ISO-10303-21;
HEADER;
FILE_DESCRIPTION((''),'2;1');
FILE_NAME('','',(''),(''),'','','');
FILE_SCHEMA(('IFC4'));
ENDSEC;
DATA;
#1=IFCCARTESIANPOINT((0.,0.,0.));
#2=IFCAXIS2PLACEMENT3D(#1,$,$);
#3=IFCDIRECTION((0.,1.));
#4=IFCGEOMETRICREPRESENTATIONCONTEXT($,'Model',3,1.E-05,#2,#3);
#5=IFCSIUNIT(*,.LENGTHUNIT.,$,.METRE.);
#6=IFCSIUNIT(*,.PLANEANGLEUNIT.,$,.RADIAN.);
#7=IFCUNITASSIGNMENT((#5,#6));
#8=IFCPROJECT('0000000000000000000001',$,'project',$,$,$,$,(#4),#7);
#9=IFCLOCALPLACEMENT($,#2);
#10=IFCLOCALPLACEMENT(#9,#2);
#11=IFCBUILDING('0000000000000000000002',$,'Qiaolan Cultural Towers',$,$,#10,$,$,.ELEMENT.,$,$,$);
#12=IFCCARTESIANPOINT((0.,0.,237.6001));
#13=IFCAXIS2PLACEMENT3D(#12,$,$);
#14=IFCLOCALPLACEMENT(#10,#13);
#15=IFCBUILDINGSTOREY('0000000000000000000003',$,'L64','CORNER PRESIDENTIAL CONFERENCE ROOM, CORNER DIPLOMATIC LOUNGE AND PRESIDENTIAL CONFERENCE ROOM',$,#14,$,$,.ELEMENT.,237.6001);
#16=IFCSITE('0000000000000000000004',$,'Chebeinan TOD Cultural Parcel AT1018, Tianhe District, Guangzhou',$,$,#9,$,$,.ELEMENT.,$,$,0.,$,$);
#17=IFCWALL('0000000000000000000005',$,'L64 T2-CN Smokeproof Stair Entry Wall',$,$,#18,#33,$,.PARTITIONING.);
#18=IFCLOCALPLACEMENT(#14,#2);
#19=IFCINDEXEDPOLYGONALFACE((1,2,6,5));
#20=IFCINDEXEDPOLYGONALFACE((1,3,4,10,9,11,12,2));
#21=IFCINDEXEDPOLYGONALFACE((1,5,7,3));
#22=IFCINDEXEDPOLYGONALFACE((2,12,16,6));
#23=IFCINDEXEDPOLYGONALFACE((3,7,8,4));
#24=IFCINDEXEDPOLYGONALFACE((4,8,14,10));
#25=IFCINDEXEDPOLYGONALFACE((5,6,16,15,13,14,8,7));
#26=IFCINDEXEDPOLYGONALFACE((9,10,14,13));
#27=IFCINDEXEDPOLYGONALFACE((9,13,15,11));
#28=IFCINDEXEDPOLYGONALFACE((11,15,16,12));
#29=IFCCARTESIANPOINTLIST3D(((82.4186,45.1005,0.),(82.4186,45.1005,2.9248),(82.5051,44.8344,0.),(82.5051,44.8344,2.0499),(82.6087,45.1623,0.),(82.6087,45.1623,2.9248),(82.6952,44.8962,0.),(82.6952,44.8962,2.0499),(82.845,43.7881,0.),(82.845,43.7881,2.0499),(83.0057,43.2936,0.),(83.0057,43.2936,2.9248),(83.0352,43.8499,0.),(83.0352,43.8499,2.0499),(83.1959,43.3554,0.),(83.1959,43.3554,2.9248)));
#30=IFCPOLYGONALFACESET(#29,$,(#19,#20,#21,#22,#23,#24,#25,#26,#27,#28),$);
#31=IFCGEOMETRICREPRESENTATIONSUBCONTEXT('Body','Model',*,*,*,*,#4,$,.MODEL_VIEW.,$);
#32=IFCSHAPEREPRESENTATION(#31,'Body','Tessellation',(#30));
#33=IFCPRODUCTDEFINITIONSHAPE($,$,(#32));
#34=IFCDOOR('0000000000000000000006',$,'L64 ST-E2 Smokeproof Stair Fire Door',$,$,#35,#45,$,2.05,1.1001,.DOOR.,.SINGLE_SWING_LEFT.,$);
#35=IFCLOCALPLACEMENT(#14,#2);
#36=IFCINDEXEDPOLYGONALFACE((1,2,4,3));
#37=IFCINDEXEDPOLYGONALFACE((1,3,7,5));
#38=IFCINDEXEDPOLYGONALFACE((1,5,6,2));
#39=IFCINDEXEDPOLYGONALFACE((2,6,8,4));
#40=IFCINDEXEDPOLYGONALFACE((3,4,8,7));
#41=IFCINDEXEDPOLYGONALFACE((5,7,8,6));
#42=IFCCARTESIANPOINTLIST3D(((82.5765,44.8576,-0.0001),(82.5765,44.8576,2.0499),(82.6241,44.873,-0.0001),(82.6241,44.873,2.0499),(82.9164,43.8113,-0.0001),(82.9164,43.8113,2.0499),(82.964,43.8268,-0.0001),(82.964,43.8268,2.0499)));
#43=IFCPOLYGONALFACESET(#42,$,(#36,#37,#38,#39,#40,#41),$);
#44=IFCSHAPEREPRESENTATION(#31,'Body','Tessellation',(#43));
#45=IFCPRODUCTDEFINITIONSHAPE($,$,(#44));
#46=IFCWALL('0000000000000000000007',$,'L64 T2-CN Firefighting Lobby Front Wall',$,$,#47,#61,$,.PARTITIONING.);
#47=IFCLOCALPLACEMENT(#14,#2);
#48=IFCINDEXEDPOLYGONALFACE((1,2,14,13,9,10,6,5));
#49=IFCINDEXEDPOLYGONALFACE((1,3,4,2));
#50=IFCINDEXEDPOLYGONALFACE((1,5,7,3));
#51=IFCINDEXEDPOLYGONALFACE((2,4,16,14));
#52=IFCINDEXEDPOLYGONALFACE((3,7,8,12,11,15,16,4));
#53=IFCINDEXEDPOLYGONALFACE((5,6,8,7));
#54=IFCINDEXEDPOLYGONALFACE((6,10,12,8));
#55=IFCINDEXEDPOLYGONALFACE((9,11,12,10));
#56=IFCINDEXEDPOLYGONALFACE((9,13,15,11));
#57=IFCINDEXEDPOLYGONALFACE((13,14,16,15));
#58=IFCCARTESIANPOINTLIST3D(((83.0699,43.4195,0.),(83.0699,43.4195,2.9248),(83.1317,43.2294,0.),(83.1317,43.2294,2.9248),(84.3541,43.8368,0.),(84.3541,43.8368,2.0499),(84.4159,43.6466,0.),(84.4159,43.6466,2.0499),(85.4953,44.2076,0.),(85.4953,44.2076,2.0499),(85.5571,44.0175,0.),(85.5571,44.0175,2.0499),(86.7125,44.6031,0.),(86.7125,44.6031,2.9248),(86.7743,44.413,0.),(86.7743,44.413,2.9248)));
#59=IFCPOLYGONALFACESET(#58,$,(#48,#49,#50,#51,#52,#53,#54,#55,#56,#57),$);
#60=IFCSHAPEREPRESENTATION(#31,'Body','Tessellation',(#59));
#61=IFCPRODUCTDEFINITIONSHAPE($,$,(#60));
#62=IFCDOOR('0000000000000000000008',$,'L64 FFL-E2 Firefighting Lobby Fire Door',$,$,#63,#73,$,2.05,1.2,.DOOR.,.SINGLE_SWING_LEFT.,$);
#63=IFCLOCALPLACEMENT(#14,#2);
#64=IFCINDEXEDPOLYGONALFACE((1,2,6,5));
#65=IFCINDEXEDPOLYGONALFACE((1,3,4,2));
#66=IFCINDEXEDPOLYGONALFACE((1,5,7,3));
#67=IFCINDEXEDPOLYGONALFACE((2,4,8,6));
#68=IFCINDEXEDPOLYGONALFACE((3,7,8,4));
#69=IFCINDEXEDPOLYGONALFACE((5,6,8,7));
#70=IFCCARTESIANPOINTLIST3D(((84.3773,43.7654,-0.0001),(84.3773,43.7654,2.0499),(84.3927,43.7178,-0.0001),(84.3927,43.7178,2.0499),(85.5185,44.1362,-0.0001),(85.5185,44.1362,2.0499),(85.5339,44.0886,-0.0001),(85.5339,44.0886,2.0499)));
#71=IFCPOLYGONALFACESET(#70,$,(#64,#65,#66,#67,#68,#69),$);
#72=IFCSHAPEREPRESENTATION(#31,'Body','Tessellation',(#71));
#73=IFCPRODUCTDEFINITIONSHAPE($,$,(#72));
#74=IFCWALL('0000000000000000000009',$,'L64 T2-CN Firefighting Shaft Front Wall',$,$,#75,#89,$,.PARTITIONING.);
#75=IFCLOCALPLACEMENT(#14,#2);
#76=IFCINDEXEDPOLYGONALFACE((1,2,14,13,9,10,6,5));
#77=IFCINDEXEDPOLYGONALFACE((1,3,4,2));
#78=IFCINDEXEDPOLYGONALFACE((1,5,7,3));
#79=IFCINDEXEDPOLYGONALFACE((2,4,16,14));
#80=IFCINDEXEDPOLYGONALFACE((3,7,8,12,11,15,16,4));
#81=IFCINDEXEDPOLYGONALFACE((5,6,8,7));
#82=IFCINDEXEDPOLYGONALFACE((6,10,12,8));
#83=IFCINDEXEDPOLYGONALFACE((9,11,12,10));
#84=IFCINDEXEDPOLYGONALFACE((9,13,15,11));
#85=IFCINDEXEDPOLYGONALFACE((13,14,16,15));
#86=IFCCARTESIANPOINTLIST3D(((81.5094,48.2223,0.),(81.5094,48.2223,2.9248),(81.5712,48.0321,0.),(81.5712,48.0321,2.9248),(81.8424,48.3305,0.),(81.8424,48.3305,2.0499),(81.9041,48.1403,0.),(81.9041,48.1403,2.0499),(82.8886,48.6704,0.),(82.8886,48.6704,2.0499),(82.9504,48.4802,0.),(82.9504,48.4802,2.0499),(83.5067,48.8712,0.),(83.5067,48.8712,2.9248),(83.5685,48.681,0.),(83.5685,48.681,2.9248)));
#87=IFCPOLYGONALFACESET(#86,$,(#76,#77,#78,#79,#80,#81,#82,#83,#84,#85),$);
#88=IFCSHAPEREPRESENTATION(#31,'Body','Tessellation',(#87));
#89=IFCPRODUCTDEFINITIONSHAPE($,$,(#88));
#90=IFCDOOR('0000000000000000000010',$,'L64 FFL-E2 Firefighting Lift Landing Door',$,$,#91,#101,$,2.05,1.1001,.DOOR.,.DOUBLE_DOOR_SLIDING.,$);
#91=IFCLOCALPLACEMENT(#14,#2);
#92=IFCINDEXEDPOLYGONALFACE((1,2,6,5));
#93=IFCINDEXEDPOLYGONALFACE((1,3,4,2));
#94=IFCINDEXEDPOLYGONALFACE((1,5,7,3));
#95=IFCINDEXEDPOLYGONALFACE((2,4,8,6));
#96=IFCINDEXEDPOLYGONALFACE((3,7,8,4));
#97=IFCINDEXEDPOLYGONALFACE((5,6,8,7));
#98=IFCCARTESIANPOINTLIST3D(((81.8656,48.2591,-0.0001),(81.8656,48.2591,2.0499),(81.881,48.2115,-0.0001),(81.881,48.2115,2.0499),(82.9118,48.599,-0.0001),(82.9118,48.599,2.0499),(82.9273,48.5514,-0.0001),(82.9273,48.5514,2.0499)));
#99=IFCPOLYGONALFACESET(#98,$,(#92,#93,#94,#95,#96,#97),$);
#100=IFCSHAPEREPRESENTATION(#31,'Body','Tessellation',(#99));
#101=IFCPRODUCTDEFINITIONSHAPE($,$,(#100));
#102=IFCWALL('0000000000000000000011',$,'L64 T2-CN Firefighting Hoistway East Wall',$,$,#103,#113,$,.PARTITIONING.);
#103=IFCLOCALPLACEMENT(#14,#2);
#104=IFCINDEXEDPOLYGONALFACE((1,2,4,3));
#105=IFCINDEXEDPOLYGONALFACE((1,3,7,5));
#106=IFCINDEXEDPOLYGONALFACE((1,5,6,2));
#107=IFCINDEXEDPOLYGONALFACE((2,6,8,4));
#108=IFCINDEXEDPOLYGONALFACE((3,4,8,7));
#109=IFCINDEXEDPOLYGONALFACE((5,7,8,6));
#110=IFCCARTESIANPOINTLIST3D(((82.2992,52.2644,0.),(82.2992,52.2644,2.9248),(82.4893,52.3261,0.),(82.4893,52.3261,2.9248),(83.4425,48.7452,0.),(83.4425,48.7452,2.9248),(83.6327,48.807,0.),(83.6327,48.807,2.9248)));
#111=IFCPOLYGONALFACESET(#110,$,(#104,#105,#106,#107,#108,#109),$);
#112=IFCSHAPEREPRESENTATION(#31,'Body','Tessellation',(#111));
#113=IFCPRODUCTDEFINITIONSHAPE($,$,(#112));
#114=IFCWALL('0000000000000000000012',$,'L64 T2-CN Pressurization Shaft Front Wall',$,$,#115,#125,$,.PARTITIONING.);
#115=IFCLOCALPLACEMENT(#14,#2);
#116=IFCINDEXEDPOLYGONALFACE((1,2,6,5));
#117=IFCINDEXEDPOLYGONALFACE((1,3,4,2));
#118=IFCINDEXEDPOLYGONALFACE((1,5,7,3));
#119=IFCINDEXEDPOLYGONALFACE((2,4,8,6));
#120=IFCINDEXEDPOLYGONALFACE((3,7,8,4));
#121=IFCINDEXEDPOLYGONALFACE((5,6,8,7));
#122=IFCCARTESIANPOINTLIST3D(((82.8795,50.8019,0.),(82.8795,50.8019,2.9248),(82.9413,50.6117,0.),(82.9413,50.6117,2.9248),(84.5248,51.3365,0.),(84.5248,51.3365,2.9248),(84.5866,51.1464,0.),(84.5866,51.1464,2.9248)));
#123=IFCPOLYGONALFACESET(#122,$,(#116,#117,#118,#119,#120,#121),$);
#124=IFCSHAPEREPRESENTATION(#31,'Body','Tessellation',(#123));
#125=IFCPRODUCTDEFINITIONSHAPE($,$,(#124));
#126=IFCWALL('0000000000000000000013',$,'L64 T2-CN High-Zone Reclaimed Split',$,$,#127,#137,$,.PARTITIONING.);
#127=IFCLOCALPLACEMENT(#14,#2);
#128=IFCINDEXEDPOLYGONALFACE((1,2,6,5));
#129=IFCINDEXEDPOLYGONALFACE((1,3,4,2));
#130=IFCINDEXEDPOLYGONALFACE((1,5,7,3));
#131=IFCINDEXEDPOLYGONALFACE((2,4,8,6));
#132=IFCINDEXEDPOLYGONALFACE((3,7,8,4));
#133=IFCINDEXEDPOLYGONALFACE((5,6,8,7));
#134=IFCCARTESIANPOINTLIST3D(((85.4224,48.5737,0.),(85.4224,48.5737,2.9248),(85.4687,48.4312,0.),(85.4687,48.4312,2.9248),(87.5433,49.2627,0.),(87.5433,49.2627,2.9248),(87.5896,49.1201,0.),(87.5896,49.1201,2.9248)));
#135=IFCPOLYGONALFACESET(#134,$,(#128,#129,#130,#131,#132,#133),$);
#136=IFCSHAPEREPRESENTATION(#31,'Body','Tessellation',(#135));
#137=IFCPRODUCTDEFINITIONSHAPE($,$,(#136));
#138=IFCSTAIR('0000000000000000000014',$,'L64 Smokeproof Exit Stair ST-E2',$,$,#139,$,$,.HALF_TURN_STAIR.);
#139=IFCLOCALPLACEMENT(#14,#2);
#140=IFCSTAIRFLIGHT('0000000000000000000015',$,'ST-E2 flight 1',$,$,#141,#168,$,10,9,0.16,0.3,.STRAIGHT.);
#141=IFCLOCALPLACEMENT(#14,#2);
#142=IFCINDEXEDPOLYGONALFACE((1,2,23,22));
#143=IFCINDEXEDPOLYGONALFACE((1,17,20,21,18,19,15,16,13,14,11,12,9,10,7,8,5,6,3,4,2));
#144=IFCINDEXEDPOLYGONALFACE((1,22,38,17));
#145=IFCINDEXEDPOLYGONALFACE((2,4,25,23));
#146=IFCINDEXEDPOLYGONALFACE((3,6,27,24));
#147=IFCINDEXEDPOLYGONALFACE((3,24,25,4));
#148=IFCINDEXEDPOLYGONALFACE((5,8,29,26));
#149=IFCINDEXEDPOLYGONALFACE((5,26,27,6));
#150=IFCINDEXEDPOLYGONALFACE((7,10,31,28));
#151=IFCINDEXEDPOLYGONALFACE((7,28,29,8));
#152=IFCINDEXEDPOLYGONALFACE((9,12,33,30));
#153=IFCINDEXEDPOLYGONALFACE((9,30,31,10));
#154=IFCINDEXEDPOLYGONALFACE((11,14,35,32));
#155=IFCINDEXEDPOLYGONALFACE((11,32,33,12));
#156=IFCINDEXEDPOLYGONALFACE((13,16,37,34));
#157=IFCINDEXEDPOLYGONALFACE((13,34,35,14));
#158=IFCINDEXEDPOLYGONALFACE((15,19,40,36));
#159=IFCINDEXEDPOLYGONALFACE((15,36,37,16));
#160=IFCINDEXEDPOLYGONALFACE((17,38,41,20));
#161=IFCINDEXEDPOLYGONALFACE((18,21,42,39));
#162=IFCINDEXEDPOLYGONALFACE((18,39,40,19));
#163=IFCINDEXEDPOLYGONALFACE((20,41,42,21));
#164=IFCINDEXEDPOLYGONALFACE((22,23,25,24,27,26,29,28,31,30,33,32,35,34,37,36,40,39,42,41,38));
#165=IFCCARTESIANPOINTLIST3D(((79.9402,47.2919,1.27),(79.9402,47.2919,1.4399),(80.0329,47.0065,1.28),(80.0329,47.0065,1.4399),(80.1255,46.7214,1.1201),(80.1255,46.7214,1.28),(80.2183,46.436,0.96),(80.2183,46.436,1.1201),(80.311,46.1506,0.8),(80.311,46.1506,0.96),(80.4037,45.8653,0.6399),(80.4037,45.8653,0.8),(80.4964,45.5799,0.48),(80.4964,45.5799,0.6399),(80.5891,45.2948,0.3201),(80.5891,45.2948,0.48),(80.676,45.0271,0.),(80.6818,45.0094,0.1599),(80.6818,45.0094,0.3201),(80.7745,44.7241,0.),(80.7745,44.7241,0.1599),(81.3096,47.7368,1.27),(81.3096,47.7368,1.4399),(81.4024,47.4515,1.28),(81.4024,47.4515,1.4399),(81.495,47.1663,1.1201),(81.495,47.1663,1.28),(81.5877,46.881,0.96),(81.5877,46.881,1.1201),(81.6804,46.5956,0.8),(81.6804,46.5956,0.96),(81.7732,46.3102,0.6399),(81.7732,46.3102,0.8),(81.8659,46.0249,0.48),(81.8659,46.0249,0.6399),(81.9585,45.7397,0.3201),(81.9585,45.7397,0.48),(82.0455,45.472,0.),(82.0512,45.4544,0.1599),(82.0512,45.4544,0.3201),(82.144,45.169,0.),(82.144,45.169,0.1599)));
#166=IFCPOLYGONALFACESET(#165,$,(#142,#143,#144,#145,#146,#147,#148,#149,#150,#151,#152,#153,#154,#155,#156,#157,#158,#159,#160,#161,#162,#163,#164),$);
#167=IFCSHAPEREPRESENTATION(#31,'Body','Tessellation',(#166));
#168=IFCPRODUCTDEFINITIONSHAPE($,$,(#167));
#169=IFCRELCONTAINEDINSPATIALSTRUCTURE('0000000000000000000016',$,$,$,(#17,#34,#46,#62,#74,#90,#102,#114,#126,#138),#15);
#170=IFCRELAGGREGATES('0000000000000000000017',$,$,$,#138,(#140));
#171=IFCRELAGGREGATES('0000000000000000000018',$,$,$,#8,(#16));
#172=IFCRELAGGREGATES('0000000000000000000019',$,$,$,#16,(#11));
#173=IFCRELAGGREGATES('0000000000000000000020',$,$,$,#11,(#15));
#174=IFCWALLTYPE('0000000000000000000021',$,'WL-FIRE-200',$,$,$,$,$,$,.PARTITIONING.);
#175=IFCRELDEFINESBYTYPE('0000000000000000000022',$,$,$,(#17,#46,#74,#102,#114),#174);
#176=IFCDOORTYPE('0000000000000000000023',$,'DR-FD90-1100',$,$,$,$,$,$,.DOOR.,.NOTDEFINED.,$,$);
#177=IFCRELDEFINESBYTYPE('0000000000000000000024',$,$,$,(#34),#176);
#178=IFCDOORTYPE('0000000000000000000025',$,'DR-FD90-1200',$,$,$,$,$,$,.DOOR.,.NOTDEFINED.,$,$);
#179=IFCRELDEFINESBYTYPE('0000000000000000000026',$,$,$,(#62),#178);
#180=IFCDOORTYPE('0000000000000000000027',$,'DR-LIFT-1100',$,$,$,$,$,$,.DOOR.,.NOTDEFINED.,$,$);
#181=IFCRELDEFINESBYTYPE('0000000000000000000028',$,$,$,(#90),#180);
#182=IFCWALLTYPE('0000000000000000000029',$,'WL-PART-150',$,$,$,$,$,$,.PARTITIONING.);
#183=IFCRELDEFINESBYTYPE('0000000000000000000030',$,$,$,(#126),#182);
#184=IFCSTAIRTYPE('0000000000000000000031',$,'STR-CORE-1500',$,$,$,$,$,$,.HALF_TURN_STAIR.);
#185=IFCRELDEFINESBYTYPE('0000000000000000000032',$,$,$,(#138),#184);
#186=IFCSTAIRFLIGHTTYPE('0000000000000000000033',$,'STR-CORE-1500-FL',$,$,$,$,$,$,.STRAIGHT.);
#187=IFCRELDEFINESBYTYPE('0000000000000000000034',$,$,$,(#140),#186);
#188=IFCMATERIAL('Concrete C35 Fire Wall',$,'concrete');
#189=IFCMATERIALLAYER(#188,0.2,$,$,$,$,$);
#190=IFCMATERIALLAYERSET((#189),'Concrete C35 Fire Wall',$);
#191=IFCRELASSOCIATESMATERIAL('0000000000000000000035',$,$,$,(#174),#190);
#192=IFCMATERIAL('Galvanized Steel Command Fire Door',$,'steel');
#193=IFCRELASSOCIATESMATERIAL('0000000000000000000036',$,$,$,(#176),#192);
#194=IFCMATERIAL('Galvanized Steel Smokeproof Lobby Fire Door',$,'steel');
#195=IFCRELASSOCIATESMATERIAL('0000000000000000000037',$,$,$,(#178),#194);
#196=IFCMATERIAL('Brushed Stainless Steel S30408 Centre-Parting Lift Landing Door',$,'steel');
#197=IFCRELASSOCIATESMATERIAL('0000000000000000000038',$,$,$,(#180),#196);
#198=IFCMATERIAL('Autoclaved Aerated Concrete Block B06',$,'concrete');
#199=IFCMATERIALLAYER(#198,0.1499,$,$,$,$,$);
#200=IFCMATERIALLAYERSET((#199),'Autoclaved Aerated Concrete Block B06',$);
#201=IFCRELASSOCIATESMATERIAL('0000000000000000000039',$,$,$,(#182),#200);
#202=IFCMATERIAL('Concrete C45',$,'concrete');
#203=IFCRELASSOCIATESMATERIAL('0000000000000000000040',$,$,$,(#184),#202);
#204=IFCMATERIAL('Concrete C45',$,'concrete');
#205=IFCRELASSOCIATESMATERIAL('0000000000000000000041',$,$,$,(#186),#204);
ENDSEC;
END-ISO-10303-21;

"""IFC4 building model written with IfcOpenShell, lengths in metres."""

from ifc_helpers import new_model, si_unit, direction, frame, frame_2d, origin, place, context, subcontext, project, spatial, polyline, rectangle, outline, extrude, material, layer, layer_set, type_object, element, fill, aggregate, save


model = new_model("IFC4")

# Units and contexts
model_context = context("Model", 3, precision=1e-05, world=origin(), true_north=direction((0.0, 1.0)))
body_context = subcontext(model_context, "Body", "Model", "MODEL_VIEW")
ifc_project = project(units=[si_unit("LENGTHUNIT", "METRE"), si_unit("PLANEANGLEUNIT", "RADIAN")], contexts=[model_context])

# Site, building, storey
site_placement = place(None, origin())
site = spatial("IfcSite", under=ifc_project, at=site_placement, Name="Chebeinan TOD Cultural Parcel AT1018, Tianhe District, Guangzhou", CompositionType="ELEMENT", RefElevation=0.0)
building_placement = place(site_placement, origin())
building = spatial("IfcBuilding", under=site, at=building_placement, Name="Qiaolan Cultural Towers", CompositionType="ELEMENT")
storey_placement = place(building_placement, frame((0.0, 0.0, 237.6001)))
storey = spatial("IfcBuildingStorey", under=building, at=storey_placement, Name="L64", Description="CORNER PRESIDENTIAL CONFERENCE ROOM, CORNER DIPLOMATIC LOUNGE AND PRESIDENTIAL CONFERENCE ROOM", CompositionType="ELEMENT", Elevation=237.6001)

# Walls, openings, doors
ifc_material_1 = material(Name="Concrete C35 Fire Wall", Category="concrete")
ifc_layer_1 = layer(ifc_material_1, 0.2)
ifc_layer_set_1 = layer_set([ifc_layer_1], Name="Concrete C35 Fire Wall")
wall_type_1 = type_object("IfcWallType", Name="WL-FIRE-200", PredefinedType="PARTITIONING", material=ifc_layer_set_1)
wall_1_placement = place(storey_placement, frame((83.1008, 43.3245, 0.0), z_axis=(0.0, 0.0, 1.0), x_axis=(-0.309048, 0.951046, 0.0)))
wall_1 = element("IfcWall", 1, at=wall_1_placement, inside=storey, type_object=wall_type_1, Name="L64 T2-CN Smokeproof Stair Entry Wall", PredefinedType="PARTITIONING", context=body_context, shape_type="SweptSolid", body=[
    extrude(rectangle(XDim=1.8999, YDim=0.2, at=frame_2d((0.95, 0.0))), origin(), (0.0, 0.0, 1.0), 2.9248),
])
opening_1_placement = place(wall_1_placement, frame((0.52, 0.0, 0.0)))
opening_1 = element("IfcOpeningElement", 2, at=opening_1_placement, cuts=wall_1, PredefinedType="OPENING", context=body_context, shape_type="SweptSolid", body=[
    extrude(rectangle(XDim=1.1001, YDim=2.05, at=frame_2d((0.55, 1.0249))), frame((0.0, 0.1099, 0.0), z_axis=(0.0, -1.0, 0.0), x_axis=(1.0, 0.0, 0.0)), (0.0, 0.0, 1.0), 0.22),
])
ifc_material_2 = material(Name="Galvanized Steel Command Fire Door", Category="steel")
door_type_1 = type_object("IfcDoorType", Name="DR-FD90-1100", OperationType="NOTDEFINED", PredefinedType="DOOR", material=ifc_material_2)
door_1_placement = place(opening_1_placement, origin())
door_1 = element("IfcDoor", 3, at=door_1_placement, inside=storey, type_object=door_type_1, Name="L64 ST-E2 Smokeproof Stair Fire Door", OperationType="SINGLE_SWING_LEFT", OverallHeight=2.05, OverallWidth=1.1001, PredefinedType="DOOR", context=body_context, shape_type="SweptSolid", body=[
    extrude(rectangle(XDim=1.1001, YDim=2.05, at=frame_2d((0.55, 1.0249))), frame((0.0, 0.0249, 0.0), z_axis=(0.0, -1.0, 0.0), x_axis=(1.0, 0.0, 0.0)), (0.0, 0.0, 1.0), 0.05),
])
fill(opening_1, door_1)
wall_2_placement = place(storey_placement, frame((83.1008, 43.3245, 0.0), z_axis=(0.0, 0.0, 1.0), x_axis=(0.951053, 0.309028, 0.0)))
wall_2 = element("IfcWall", 4, at=wall_2_placement, inside=storey, type_object=wall_type_1, Name="L64 T2-CN Firefighting Lobby Front Wall", PredefinedType="PARTITIONING", context=body_context, shape_type="SweptSolid", body=[
    extrude(rectangle(XDim=3.8301, YDim=0.2, at=frame_2d((1.915, 0.0))), origin(), (0.0, 0.0, 1.0), 2.9248),
])
opening_2_placement = place(wall_2_placement, frame((1.3501, 0.0, 0.0)))
opening_2 = element("IfcOpeningElement", 5, at=opening_2_placement, cuts=wall_2, PredefinedType="OPENING", context=body_context, shape_type="SweptSolid", body=[
    extrude(rectangle(XDim=1.2, YDim=2.05, at=frame_2d((0.6001, 1.0249))), frame((0.0, 0.1099, 0.0), z_axis=(0.0, -1.0, 0.0), x_axis=(1.0, 0.0, 0.0)), (0.0, 0.0, 1.0), 0.22),
])
ifc_material_3 = material(Name="Galvanized Steel Smokeproof Lobby Fire Door", Category="steel")
door_type_2 = type_object("IfcDoorType", Name="DR-FD90-1200", OperationType="NOTDEFINED", PredefinedType="DOOR", material=ifc_material_3)
door_2_placement = place(opening_2_placement, origin())
door_2 = element("IfcDoor", 6, at=door_2_placement, inside=storey, type_object=door_type_2, Name="L64 FFL-E2 Firefighting Lobby Fire Door", OperationType="SINGLE_SWING_LEFT", OverallHeight=2.05, OverallWidth=1.2, PredefinedType="DOOR", context=body_context, shape_type="SweptSolid", body=[
    extrude(rectangle(XDim=1.2, YDim=2.05, at=frame_2d((0.6001, 1.0249))), frame((0.0, 0.0249, 0.0), z_axis=(0.0, -1.0, 0.0), x_axis=(1.0, 0.0, 0.0)), (0.0, 0.0, 1.0), 0.05),
])
fill(opening_2, door_2)
wall_3_placement = place(storey_placement, frame((81.5403, 48.1272, 0.0), z_axis=(0.0, 0.0, 1.0), x_axis=(0.951062, 0.308999, 0.0)))
wall_3 = element("IfcWall", 7, at=wall_3_placement, inside=storey, type_object=wall_type_1, Name="L64 T2-CN Firefighting Shaft Front Wall", PredefinedType="PARTITIONING", context=body_context, shape_type="SweptSolid", body=[
    extrude(rectangle(XDim=2.1001, YDim=0.2, at=frame_2d((1.05, 0.0))), origin(), (0.0, 0.0, 1.0), 2.9248),
])
opening_3_placement = place(wall_3_placement, frame((0.3501, 0.0, 0.0)))
opening_3 = element("IfcOpeningElement", 8, at=opening_3_placement, cuts=wall_3, PredefinedType="OPENING", context=body_context, shape_type="SweptSolid", body=[
    extrude(rectangle(XDim=1.1001, YDim=2.05, at=frame_2d((0.55, 1.0249))), frame((0.0, 0.1099, 0.0), z_axis=(0.0, -1.0, 0.0), x_axis=(1.0, 0.0, 0.0)), (0.0, 0.0, 1.0), 0.22),
])
ifc_material_4 = material(Name="Brushed Stainless Steel S30408 Centre-Parting Lift Landing Door", Category="steel")
door_type_3 = type_object("IfcDoorType", Name="DR-LIFT-1100", OperationType="NOTDEFINED", PredefinedType="DOOR", material=ifc_material_4)
door_3_placement = place(opening_3_placement, origin())
door_3 = element("IfcDoor", 9, at=door_3_placement, inside=storey, type_object=door_type_3, Name="L64 FFL-E2 Firefighting Lift Landing Door", OperationType="DOUBLE_DOOR_SLIDING", OverallHeight=2.05, OverallWidth=1.1001, PredefinedType="DOOR", context=body_context, shape_type="SweptSolid", body=[
    extrude(rectangle(XDim=1.1001, YDim=2.05, at=frame_2d((0.55, 1.0249))), frame((0.0, 0.0249, 0.0), z_axis=(0.0, -1.0, 0.0), x_axis=(1.0, 0.0, 0.0)), (0.0, 0.0, 1.0), 0.05),
])
fill(opening_3, door_3)

# Walls
wall_4_placement = place(storey_placement, frame((83.5376, 48.7761, 0.0), z_axis=(0.0, 0.0, 1.0), x_axis=(-0.308994, 0.951064, 0.0)))
element("IfcWall", 10, at=wall_4_placement, inside=storey, type_object=wall_type_1, Name="L64 T2-CN Firefighting Hoistway East Wall", PredefinedType="PARTITIONING", context=body_context, shape_type="SweptSolid", body=[
    extrude(rectangle(XDim=3.7002, YDim=0.2, at=frame_2d((1.8501, 0.0))), origin(), (0.0, 0.0, 1.0), 2.9248),
])
wall_5_placement = place(storey_placement, frame((82.9104, 50.7068, 0.0), z_axis=(0.0, 0.0, 1.0), x_axis=(0.951041, 0.309064, 0.0)))
element("IfcWall", 11, at=wall_5_placement, inside=storey, type_object=wall_type_1, Name="L64 T2-CN Pressurization Shaft Front Wall", PredefinedType="PARTITIONING", context=body_context, shape_type="SweptSolid", body=[
    extrude(rectangle(XDim=1.73, YDim=0.2, at=frame_2d((0.865, 0.0))), origin(), (0.0, 0.0, 1.0), 2.9248),
])
ifc_material_5 = material(Name="Autoclaved Aerated Concrete Block B06", Category="concrete")
ifc_layer_2 = layer(ifc_material_5, 0.1499)
ifc_layer_set_2 = layer_set([ifc_layer_2], Name="Autoclaved Aerated Concrete Block B06")
wall_type_2 = type_object("IfcWallType", Name="WL-PART-150", PredefinedType="PARTITIONING", material=ifc_layer_set_2)
wall_6_placement = place(storey_placement, frame((85.4456, 48.5024, 0.0), z_axis=(0.0, 0.0, 1.0), x_axis=(0.951075, 0.30896, 0.0)))
element("IfcWall", 12, at=wall_6_placement, inside=storey, type_object=wall_type_2, Name="L64 T2-CN High-Zone Reclaimed Split", PredefinedType="PARTITIONING", context=body_context, shape_type="SweptSolid", body=[
    extrude(rectangle(XDim=2.23, YDim=0.1499, at=frame_2d((1.115, 0.0))), origin(), (0.0, 0.0, 1.0), 2.9248),
])

# Stair, stair flight
ifc_material_6 = material(Name="Concrete C45", Category="concrete")
stair_type = type_object("IfcStairType", Name="STR-CORE-1500", PredefinedType="HALF_TURN_STAIR", material=ifc_material_6)
stair_placement = place(storey_placement, origin())
stair = element("IfcStair", 13, at=stair_placement, inside=storey, type_object=stair_type, Name="L64 Smokeproof Exit Stair ST-E2", PredefinedType="HALF_TURN_STAIR")
ifc_material_7 = material(Name="Concrete C45", Category="concrete")
stair_flight_type = type_object("IfcStairFlightType", Name="STR-CORE-1500-FL", PredefinedType="STRAIGHT", material=ifc_material_7)
stair_flight_1_placement = place(storey_placement, frame((81.4592, 44.9465, 0.0), z_axis=(0.0, 0.0, 1.0), x_axis=(-0.309017, 0.951057, 0.0)))
stair_flight_1 = element("IfcStairFlight", 14, at=stair_flight_1_placement, type_object=stair_flight_type, Name="ST-E2 flight 1", NumberOfRisers=10, NumberOfTreads=9, PredefinedType="STRAIGHT", RiserHeight=0.16, TreadLength=0.3, context=body_context, shape_type="SweptSolid", body=[
    extrude(outline(polyline([(0.0, 0.0), (0.0, 0.1599), (0.3, 0.1599), (0.3, 0.3201), (0.6001, 0.3201), (0.6001, 0.48), (0.8999, 0.48), (0.8999, 0.6399), (1.2, 0.6399), (1.2, 0.8), (1.5, 0.8), (1.5, 0.96), (1.8, 0.96), (1.8, 1.1201), (2.1001, 1.1201), (2.1001, 1.28), (2.3999, 1.28), (2.3999, 1.4399), (2.7, 1.4399), (2.7, 1.6001), (2.7, 1.27), (0.3186, 0.0), (0.0, 0.0)])), frame((0.0, 0.72, 0.0), z_axis=(0.0, -1.0, 0.0), x_axis=(1.0, 0.0, 0.0)), (0.0, 0.0, 1.0), 1.4399),
])
aggregate(stair, [stair_flight_1])

save(model, "model.ifc")
